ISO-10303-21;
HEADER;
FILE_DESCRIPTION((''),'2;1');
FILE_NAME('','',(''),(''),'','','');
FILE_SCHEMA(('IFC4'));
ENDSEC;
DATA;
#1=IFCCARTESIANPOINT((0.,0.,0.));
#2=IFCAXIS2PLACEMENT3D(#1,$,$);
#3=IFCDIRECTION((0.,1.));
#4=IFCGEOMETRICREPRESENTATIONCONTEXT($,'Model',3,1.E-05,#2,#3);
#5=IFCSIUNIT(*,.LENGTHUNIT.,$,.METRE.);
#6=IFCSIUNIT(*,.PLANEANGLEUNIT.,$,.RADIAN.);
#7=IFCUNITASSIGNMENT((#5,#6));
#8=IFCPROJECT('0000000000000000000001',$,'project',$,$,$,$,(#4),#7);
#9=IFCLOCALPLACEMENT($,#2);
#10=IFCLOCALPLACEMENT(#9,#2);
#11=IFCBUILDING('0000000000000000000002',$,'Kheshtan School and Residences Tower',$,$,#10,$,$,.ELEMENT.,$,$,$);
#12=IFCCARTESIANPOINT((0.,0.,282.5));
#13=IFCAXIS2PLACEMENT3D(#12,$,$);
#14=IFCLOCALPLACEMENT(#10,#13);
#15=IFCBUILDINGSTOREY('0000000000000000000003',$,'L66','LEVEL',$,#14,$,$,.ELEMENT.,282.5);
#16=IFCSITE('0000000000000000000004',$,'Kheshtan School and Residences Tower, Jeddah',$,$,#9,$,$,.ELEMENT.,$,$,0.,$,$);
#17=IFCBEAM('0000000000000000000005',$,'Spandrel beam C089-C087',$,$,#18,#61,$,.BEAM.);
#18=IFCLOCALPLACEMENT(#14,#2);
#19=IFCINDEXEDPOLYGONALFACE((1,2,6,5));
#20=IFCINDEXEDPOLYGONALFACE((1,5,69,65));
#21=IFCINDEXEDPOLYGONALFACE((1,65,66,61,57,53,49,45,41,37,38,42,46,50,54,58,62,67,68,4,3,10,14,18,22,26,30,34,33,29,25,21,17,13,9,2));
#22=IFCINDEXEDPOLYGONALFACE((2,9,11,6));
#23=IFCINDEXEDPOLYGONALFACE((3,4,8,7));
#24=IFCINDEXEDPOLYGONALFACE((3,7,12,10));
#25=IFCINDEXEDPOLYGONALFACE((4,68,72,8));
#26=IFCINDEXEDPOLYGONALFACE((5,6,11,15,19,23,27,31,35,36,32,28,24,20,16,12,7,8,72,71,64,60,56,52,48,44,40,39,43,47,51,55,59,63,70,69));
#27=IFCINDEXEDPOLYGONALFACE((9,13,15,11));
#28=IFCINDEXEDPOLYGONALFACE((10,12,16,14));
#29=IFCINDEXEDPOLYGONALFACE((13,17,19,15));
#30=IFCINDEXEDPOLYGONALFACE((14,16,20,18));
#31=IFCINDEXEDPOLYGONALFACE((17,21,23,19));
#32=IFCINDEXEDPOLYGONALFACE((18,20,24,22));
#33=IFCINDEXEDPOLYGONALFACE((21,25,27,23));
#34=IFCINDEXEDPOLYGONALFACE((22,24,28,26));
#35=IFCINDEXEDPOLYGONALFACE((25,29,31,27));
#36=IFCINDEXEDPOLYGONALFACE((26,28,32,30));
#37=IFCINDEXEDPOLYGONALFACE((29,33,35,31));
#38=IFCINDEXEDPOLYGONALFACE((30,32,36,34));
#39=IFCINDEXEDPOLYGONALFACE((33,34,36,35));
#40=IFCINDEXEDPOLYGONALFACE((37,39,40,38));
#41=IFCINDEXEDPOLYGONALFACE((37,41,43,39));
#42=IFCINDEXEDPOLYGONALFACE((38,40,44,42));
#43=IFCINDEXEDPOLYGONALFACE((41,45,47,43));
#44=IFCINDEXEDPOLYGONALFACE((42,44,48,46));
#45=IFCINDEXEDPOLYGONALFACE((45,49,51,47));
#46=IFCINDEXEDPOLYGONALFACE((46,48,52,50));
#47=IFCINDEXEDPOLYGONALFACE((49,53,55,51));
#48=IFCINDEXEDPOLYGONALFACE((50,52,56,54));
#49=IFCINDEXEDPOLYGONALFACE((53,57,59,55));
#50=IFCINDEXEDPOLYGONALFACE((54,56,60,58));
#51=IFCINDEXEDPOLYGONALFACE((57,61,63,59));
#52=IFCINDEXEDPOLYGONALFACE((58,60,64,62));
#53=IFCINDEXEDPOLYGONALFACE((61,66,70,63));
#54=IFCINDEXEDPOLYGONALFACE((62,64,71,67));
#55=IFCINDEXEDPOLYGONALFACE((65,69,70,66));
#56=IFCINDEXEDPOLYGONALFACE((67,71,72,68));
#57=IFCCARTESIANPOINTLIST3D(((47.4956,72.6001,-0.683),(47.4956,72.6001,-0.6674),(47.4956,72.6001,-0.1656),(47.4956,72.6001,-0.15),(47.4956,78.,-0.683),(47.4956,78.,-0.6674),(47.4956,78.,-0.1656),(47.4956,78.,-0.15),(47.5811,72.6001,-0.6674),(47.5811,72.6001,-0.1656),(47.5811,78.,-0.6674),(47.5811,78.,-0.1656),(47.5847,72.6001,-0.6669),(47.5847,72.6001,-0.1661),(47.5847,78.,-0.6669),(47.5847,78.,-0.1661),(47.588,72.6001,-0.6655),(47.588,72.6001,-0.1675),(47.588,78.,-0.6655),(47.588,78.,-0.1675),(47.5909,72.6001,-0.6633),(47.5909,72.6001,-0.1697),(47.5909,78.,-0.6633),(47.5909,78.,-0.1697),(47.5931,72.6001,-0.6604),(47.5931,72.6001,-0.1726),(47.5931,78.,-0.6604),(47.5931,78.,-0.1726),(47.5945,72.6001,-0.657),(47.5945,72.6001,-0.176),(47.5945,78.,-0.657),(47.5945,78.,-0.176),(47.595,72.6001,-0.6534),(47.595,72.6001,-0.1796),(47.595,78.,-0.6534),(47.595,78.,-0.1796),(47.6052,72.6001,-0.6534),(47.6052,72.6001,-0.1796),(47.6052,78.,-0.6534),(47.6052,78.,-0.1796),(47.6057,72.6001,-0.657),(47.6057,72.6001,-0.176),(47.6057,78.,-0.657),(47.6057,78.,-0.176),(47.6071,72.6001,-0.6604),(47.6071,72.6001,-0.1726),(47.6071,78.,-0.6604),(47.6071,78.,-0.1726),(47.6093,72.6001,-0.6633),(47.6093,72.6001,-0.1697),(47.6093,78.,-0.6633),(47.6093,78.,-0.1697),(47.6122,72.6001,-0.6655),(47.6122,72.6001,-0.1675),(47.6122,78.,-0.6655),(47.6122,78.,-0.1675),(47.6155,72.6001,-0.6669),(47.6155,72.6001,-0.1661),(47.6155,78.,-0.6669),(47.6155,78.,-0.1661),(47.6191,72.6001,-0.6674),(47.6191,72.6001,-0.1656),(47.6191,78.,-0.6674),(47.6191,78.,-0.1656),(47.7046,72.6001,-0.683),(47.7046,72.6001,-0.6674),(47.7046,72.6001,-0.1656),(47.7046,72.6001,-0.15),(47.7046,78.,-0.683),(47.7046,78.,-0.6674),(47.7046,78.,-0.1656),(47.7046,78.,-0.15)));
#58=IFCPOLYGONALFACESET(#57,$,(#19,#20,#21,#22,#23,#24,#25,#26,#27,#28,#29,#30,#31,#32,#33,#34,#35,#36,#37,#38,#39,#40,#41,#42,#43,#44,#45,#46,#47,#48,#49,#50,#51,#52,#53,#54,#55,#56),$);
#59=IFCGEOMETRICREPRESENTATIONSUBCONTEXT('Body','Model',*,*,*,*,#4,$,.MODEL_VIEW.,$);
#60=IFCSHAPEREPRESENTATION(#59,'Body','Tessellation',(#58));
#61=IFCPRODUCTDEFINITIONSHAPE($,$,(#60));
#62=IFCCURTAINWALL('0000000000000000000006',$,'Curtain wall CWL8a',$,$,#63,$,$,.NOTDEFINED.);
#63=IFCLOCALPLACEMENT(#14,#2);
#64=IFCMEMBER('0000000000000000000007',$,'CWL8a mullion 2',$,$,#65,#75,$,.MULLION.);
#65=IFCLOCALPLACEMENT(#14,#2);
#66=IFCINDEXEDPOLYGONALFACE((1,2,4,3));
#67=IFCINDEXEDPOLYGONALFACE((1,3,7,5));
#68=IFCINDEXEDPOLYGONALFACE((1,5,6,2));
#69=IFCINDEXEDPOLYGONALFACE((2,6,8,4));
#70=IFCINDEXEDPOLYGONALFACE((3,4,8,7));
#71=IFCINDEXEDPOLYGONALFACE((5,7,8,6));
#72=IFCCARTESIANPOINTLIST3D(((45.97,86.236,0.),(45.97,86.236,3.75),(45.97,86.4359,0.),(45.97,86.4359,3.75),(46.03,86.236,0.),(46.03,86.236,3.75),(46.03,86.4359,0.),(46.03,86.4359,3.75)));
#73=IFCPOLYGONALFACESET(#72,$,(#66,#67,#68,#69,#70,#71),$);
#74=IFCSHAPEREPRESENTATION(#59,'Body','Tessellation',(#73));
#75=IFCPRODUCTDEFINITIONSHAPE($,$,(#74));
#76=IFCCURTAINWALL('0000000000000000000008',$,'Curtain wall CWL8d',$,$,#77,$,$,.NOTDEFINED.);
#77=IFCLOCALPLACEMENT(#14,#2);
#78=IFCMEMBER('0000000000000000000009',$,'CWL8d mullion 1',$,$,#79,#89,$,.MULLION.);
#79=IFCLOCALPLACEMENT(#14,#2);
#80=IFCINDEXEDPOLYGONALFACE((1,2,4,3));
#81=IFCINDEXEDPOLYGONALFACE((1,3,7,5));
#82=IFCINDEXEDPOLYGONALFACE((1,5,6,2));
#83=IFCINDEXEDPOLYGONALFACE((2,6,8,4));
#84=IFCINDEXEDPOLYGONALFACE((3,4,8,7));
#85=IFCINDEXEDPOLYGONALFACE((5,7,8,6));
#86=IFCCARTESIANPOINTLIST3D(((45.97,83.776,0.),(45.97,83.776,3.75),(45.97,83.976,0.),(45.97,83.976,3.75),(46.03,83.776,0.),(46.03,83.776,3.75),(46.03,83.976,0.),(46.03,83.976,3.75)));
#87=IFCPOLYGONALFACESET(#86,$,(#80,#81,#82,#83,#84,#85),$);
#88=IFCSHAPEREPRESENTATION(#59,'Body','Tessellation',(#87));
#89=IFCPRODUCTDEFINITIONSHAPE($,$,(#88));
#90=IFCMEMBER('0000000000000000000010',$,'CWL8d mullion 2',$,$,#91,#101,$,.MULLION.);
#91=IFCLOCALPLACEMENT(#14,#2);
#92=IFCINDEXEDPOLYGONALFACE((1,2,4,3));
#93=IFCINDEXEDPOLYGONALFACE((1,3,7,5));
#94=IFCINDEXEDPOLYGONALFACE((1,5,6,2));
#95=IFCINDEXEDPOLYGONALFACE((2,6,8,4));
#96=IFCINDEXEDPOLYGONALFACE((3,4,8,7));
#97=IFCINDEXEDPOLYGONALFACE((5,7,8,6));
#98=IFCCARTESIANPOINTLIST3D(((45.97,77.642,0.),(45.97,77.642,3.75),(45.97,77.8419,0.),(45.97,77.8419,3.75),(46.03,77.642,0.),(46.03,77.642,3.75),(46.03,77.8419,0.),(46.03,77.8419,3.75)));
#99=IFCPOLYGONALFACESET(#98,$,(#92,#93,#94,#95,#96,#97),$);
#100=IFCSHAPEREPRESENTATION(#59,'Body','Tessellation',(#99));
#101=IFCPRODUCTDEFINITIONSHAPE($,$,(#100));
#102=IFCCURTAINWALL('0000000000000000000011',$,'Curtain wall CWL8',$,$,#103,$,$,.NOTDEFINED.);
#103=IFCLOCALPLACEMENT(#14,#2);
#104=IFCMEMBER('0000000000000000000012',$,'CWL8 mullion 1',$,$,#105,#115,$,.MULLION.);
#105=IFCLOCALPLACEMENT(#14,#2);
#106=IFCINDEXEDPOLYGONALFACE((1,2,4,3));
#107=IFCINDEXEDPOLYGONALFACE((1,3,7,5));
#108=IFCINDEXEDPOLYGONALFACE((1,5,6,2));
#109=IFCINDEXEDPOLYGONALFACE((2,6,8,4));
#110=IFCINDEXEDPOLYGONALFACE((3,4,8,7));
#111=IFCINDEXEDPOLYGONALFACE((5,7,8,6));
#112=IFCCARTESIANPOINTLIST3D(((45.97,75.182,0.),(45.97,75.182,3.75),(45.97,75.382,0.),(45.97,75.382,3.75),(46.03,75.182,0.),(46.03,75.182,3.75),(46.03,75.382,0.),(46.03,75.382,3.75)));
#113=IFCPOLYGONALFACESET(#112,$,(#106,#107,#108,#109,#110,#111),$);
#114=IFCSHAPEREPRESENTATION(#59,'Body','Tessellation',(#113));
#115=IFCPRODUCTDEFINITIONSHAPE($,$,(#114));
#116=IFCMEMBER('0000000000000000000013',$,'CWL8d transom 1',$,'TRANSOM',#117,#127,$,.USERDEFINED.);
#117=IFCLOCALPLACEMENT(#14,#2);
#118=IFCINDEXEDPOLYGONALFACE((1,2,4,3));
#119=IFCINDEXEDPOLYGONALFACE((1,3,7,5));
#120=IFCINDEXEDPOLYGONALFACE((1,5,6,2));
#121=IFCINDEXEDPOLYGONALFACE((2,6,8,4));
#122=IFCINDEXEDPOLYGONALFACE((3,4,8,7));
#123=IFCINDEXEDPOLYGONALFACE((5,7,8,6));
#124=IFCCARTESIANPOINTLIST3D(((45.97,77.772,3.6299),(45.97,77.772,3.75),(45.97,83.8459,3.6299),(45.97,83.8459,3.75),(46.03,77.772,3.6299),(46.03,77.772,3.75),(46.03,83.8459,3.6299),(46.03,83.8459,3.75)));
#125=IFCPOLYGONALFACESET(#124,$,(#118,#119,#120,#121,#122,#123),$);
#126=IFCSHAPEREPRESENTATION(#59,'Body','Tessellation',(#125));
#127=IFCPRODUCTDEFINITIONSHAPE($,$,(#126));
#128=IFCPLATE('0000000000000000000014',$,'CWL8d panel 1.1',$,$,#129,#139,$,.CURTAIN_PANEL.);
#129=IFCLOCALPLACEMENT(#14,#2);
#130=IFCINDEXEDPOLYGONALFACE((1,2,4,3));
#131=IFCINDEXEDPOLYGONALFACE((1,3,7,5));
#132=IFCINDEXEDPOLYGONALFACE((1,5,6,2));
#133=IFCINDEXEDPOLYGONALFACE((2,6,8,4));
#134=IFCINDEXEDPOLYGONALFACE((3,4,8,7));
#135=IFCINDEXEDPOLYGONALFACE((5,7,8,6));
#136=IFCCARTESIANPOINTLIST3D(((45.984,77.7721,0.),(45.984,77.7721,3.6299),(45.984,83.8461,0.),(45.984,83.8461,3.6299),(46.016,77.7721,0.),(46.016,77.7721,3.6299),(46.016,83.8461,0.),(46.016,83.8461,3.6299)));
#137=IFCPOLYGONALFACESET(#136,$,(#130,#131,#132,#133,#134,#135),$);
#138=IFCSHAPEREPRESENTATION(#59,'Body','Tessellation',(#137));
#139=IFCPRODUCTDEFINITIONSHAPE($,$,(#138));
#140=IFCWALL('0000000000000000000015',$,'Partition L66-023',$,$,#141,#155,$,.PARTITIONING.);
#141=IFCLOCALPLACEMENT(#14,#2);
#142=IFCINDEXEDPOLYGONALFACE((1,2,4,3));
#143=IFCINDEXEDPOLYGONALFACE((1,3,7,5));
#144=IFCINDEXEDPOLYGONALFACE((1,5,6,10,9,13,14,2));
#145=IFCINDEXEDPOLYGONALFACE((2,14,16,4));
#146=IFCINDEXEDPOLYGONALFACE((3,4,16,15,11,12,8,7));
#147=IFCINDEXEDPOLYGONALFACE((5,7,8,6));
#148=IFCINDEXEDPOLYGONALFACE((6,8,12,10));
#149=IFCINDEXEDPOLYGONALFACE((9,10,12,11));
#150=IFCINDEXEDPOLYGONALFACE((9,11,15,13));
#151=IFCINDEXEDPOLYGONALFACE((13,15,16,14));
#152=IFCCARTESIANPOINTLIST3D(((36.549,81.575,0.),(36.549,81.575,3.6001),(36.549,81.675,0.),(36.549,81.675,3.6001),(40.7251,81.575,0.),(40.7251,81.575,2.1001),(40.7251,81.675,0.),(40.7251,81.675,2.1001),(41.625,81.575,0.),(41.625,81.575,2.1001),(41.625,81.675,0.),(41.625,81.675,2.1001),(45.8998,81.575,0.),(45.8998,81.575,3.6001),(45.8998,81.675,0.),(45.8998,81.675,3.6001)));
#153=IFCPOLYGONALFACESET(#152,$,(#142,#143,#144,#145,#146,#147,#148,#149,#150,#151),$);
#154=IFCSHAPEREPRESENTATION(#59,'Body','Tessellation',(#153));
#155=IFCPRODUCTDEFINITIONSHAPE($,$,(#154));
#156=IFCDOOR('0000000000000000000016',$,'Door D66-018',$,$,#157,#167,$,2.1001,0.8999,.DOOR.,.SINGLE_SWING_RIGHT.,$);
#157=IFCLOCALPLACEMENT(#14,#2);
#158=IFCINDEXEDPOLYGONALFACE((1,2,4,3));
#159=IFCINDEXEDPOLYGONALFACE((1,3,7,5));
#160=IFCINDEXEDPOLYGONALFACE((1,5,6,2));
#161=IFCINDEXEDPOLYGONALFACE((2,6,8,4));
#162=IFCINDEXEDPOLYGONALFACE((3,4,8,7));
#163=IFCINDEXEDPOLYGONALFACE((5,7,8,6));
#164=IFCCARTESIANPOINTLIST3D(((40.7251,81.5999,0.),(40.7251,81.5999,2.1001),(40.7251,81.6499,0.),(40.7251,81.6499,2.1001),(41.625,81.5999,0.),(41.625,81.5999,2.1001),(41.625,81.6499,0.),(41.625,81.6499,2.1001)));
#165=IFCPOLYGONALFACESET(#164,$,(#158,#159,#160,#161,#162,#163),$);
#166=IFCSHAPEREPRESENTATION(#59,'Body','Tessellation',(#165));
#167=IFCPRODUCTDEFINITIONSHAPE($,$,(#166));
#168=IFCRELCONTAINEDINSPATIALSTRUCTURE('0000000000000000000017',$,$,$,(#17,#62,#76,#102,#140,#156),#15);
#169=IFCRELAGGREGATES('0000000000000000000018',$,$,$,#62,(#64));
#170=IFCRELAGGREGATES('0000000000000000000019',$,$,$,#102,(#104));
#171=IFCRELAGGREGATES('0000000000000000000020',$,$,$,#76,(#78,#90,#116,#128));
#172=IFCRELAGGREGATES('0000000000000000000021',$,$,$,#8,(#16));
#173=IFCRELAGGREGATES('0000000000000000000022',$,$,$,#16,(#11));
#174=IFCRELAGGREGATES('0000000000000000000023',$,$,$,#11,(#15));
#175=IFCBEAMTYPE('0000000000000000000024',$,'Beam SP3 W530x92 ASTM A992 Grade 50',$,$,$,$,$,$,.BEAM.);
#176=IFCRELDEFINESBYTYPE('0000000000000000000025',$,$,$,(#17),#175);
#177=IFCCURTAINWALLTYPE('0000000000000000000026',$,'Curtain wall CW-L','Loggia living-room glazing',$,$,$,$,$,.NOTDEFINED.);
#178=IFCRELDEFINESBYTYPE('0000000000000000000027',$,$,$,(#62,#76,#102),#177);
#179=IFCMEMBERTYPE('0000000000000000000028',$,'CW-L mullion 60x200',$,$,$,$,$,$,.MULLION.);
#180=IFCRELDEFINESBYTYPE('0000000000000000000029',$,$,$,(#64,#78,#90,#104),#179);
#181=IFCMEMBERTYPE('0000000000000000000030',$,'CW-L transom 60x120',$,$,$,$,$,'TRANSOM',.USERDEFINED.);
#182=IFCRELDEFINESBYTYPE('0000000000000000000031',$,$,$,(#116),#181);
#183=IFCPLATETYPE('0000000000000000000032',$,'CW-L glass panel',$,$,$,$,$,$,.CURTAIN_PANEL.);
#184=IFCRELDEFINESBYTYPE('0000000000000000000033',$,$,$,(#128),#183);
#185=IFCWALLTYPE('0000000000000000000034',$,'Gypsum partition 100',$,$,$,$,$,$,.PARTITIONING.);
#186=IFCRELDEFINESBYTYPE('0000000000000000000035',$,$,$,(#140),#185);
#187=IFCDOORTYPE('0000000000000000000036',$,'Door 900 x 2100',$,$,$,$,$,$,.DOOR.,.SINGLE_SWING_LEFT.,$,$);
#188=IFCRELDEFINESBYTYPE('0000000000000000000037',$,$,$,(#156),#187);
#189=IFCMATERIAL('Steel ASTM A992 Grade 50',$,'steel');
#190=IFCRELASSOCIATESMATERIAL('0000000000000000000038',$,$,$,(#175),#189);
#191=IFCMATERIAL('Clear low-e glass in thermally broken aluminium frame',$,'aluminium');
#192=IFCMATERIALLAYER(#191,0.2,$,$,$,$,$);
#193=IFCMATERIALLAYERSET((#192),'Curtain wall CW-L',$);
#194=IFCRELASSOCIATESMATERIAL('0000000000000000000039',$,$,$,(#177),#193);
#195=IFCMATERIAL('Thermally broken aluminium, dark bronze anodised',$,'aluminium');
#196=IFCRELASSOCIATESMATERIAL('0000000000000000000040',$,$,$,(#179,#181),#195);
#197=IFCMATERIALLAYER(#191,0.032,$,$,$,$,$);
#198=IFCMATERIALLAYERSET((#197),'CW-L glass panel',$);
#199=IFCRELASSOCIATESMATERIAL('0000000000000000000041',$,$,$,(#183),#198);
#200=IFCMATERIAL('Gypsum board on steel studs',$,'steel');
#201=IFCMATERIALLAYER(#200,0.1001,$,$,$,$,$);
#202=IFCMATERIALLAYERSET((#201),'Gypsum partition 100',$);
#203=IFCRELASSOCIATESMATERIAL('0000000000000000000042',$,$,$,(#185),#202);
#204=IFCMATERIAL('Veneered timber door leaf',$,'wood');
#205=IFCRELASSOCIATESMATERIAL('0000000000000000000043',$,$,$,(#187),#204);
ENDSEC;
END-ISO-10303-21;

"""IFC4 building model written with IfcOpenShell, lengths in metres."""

from ifc_helpers import new_model, si_unit, direction, frame, frame_2d, origin, origin_2d, place, context, subcontext, project, spatial, rectangle, i_section, extrude, source, transform, mapped, material, layer, layer_set, material_profile, profile_set, type_object, element, fill, aggregate, save


model = new_model("IFC4")

# Units and contexts
model_context = context("Model", 3, precision=1e-05, world=origin(), true_north=direction((0.0, 1.0)))
body_context = subcontext(model_context, "Body", "Model", "MODEL_VIEW")
ifc_project = project(units=[si_unit("LENGTHUNIT", "METRE"), si_unit("PLANEANGLEUNIT", "RADIAN")], contexts=[model_context])

# Site, building, storey
site_placement = place(None, origin())
site = spatial("IfcSite", under=ifc_project, at=site_placement, Name="Kheshtan School and Residences Tower, Jeddah", CompositionType="ELEMENT", RefElevation=0.0)
building_placement = place(site_placement, origin())
building = spatial("IfcBuilding", under=site, at=building_placement, Name="Kheshtan School and Residences Tower", CompositionType="ELEMENT")
storey_placement = place(building_placement, frame((0.0, 0.0, 282.5)))
storey = spatial("IfcBuildingStorey", under=building, at=storey_placement, Name="L66", Description="LEVEL", CompositionType="ELEMENT", Elevation=282.5)

# Shared definitions
ifc_material_1 = material(Name="Steel ASTM A992 Grade 50", Category="steel")

# Beam
ifc_material_profile_1 = material_profile(ifc_material_1, i_section(OverallWidth=0.209, OverallDepth=0.533, WebThickness=0.0103, FlangeThickness=0.0156, FilletRadius=0.0139, at=origin_2d()), Name="W530x92")
ifc_profile_set_1 = profile_set([ifc_material_profile_1], Name="Steel ASTM A992 Grade 50")
beam_type_1 = type_object("IfcBeamType", Name="Beam SP3 W530x92 ASTM A992 Grade 50", PredefinedType="BEAM", material=ifc_profile_set_1)
for number, where, z_axis, x_axis, name in (
    (1, (47.6001, 78.0, -0.4165), (0.0, -1.0, 0.0), (1.0, 0.0, 0.0), "Spandrel beam C089-C087"),
):
    element("IfcBeam", number, at=place(storey_placement, frame(where, z_axis=z_axis, x_axis=x_axis)), inside=storey, type_object=beam_type_1, Name=name, PredefinedType="BEAM", context=body_context, shape_type="SweptSolid", body=[
        extrude(i_section(OverallWidth=0.209, OverallDepth=0.533, WebThickness=0.0103, FlangeThickness=0.0156, FilletRadius=0.0139, at=origin_2d()), origin(), (0.0, 0.0, 1.0), 5.3999),
    ])

# Curtain wall, member
ifc_material_2 = material(Name="Clear low-e glass in thermally broken aluminium frame", Category="aluminium")
ifc_layer_1 = layer(ifc_material_2, 0.2)
ifc_layer_set_1 = layer_set([ifc_layer_1], Name="Curtain wall CW-L")
curtain_wall_type = type_object("IfcCurtainWallType", Name="Curtain wall CW-L", Description="Loggia living-room glazing", PredefinedType="NOTDEFINED", material=ifc_layer_set_1)
curtain_wall_1_placement = place(storey_placement, origin())
curtain_wall_1 = element("IfcCurtainWall", 2, at=curtain_wall_1_placement, inside=storey, type_object=curtain_wall_type, Name="Curtain wall CWL8a", PredefinedType="NOTDEFINED")
ifc_material_3 = material(Name="Thermally broken aluminium, dark bronze anodised", Category="aluminium")
ifc_material_profile_2 = material_profile(ifc_material_3, rectangle(XDim=0.0601, YDim=0.2, at=origin_2d()), Name="CW-L mullion 60x200")
ifc_profile_set_2 = profile_set([ifc_material_profile_2], Name="Thermally broken aluminium, dark bronze anodised")
member_type_1 = type_object("IfcMemberType", Name="CW-L mullion 60x200", PredefinedType="MULLION", material=ifc_profile_set_2)
member_1_placement = place(storey_placement, frame((46.0, 86.3359, 0.0), z_axis=(0.0, 0.0, 1.0), x_axis=(1.0, 0.0, 0.0)))
member_1 = element("IfcMember", 3, at=member_1_placement, type_object=member_type_1, Name="CWL8a mullion 2", PredefinedType="MULLION", context=body_context, shape_type="SweptSolid", body=[
    extrude(rectangle(XDim=0.0601, YDim=0.2, at=origin_2d()), origin(), (0.0, 0.0, 1.0), 3.75),
])
aggregate(curtain_wall_1, [member_1])

# Curtain wall, members
curtain_wall_2_placement = place(storey_placement, origin())
curtain_wall_2 = element("IfcCurtainWall", 4, at=curtain_wall_2_placement, inside=storey, type_object=curtain_wall_type, Name="Curtain wall CWL8d", PredefinedType="NOTDEFINED")
member_2_placement = place(storey_placement, frame((46.0, 83.876, 0.0), z_axis=(0.0, 0.0, 1.0), x_axis=(1.0, 0.0, 0.0)))
member_2 = element("IfcMember", 5, at=member_2_placement, type_object=member_type_1, Name="CWL8d mullion 1", PredefinedType="MULLION", context=body_context, shape_type="SweptSolid", body=[
    extrude(rectangle(XDim=0.0601, YDim=0.2, at=origin_2d()), origin(), (0.0, 0.0, 1.0), 3.75),
])
member_3_placement = place(storey_placement, frame((46.0, 77.7419, 0.0), z_axis=(0.0, 0.0, 1.0), x_axis=(1.0, 0.0, 0.0)))
member_3 = element("IfcMember", 6, at=member_3_placement, type_object=member_type_1, Name="CWL8d mullion 2", PredefinedType="MULLION", context=body_context, shape_type="SweptSolid", body=[
    extrude(rectangle(XDim=0.0601, YDim=0.2, at=origin_2d()), origin(), (0.0, 0.0, 1.0), 3.75),
])

# Curtain wall, member
curtain_wall_3_placement = place(storey_placement, origin())
curtain_wall_3 = element("IfcCurtainWall", 7, at=curtain_wall_3_placement, inside=storey, type_object=curtain_wall_type, Name="Curtain wall CWL8", PredefinedType="NOTDEFINED")
member_4_placement = place(storey_placement, frame((46.0, 75.282, 0.0), z_axis=(0.0, 0.0, 1.0), x_axis=(1.0, 0.0, 0.0)))
member_4 = element("IfcMember", 8, at=member_4_placement, type_object=member_type_1, Name="CWL8 mullion 1", PredefinedType="MULLION", context=body_context, shape_type="SweptSolid", body=[
    extrude(rectangle(XDim=0.0601, YDim=0.2, at=origin_2d()), origin(), (0.0, 0.0, 1.0), 3.75),
])
aggregate(curtain_wall_3, [member_4])

# Member
ifc_material_profile_3 = material_profile(ifc_material_3, rectangle(XDim=0.0601, YDim=0.1201, at=origin_2d()), Name="CW-L transom 60x120")
ifc_profile_set_3 = profile_set([ifc_material_profile_3], Name="Thermally broken aluminium, dark bronze anodised")
member_type_2 = type_object("IfcMemberType", Name="CW-L transom 60x120", ElementType="TRANSOM", PredefinedType="USERDEFINED", material=ifc_profile_set_3)
member_5_placement = place(storey_placement, frame((46.0, 83.8459, 3.6899), z_axis=(0.0, -1.0, 0.0), x_axis=(1.0, 0.0, 0.0)))
member_5 = element("IfcMember", 9, at=member_5_placement, type_object=member_type_2, Name="CWL8d transom 1", ObjectType="TRANSOM", PredefinedType="USERDEFINED", context=body_context, shape_type="SweptSolid", body=[
    extrude(rectangle(XDim=0.0601, YDim=0.1201, at=origin_2d()), origin(), (0.0, 0.0, 1.0), 6.074),
])

# Plate
ifc_layer_2 = layer(ifc_material_2, 0.032)
ifc_layer_set_2 = layer_set([ifc_layer_2], Name="CW-L glass panel")
plate_type = type_object("IfcPlateType", Name="CW-L glass panel", PredefinedType="CURTAIN_PANEL", material=ifc_layer_set_2)
plate_placement = place(storey_placement, frame((46.0, 80.8091, 0.0), z_axis=(0.0, 0.0, 1.0), x_axis=(0.0, -1.0, 0.0)))
plate = element("IfcPlate", 10, at=plate_placement, type_object=plate_type, Name="CWL8d panel 1.1", PredefinedType="CURTAIN_PANEL", context=body_context, shape_type="SweptSolid", body=[
    extrude(rectangle(XDim=6.074, YDim=0.032, at=origin_2d()), origin(), (0.0, 0.0, 1.0), 3.6299),
])
aggregate(curtain_wall_2, [member_2, member_3, member_5, plate])

# Wall, opening, door
ifc_material_4 = material(Name="Gypsum board on steel studs", Category="steel")
ifc_layer_3 = layer(ifc_material_4, 0.1001)
ifc_layer_set_3 = layer_set([ifc_layer_3], Name="Gypsum partition 100")
wall_type_1 = type_object("IfcWallType", Name="Gypsum partition 100", PredefinedType="PARTITIONING", material=ifc_layer_set_3)
wall_1_placement = place(storey_placement, frame((36.5491, 81.625, 0.0), z_axis=(0.0, 0.0, 1.0), x_axis=(1.0, 0.0, 0.0)))
wall_1 = element("IfcWall", 11, at=wall_1_placement, inside=storey, type_object=wall_type_1, Name="Partition L66-023", PredefinedType="PARTITIONING", context=body_context, shape_type="SweptSolid", body=[
    extrude(rectangle(XDim=9.3508, YDim=0.1001, at=frame_2d((4.6753, 0.0))), origin(), (0.0, 0.0, 1.0), 3.6001),
])
opening_1_placement = place(wall_1_placement, frame((4.176, 0.0, 0.0)))
opening_1 = element("IfcOpeningElement", 12, at=opening_1_placement, cuts=wall_1, PredefinedType="OPENING", context=body_context, shape_type="SweptSolid", body=[
    extrude(rectangle(XDim=0.8999, YDim=2.1001, at=frame_2d((0.45, 1.05))), frame((0.0, 0.0601, 0.0), z_axis=(0.0, -1.0, 0.0), x_axis=(1.0, 0.0, 0.0)), (0.0, 0.0, 1.0), 0.1201),
])
ifc_material_5 = material(Name="Veneered timber door leaf", Category="wood")
door_type_1 = type_object("IfcDoorType", Name="Door 900 x 2100", OperationType="SINGLE_SWING_LEFT", PredefinedType="DOOR", material=ifc_material_5)
shared_shape_1 = source(origin(), body_context, "Body", "SweptSolid", [
    extrude(rectangle(XDim=0.8999, YDim=2.1001, at=frame_2d((0.45, 1.05))), frame((0.0, 0.0249, 0.0), z_axis=(0.0, -1.0, 0.0), x_axis=(1.0, 0.0, 0.0)), (0.0, 0.0, 1.0), 0.05),
])
door_1_placement = place(opening_1_placement, origin())
door_1 = element("IfcDoor", 13, at=door_1_placement, inside=storey, type_object=door_type_1, Name="Door D66-018", OperationType="SINGLE_SWING_RIGHT", OverallHeight=2.1001, OverallWidth=0.8999, PredefinedType="DOOR", context=body_context, shape_type="MappedRepresentation", body=[
    mapped(shared_shape_1, transform((0.0, 0.0, 0.0), x_axis=(1.0, 0.0, 0.0), y_axis=(0.0, 1.0, 0.0), z_axis=(0.0, 0.0, 1.0), scale=1.0)),
])
fill(opening_1, door_1)

save(model, "model.ifc")
